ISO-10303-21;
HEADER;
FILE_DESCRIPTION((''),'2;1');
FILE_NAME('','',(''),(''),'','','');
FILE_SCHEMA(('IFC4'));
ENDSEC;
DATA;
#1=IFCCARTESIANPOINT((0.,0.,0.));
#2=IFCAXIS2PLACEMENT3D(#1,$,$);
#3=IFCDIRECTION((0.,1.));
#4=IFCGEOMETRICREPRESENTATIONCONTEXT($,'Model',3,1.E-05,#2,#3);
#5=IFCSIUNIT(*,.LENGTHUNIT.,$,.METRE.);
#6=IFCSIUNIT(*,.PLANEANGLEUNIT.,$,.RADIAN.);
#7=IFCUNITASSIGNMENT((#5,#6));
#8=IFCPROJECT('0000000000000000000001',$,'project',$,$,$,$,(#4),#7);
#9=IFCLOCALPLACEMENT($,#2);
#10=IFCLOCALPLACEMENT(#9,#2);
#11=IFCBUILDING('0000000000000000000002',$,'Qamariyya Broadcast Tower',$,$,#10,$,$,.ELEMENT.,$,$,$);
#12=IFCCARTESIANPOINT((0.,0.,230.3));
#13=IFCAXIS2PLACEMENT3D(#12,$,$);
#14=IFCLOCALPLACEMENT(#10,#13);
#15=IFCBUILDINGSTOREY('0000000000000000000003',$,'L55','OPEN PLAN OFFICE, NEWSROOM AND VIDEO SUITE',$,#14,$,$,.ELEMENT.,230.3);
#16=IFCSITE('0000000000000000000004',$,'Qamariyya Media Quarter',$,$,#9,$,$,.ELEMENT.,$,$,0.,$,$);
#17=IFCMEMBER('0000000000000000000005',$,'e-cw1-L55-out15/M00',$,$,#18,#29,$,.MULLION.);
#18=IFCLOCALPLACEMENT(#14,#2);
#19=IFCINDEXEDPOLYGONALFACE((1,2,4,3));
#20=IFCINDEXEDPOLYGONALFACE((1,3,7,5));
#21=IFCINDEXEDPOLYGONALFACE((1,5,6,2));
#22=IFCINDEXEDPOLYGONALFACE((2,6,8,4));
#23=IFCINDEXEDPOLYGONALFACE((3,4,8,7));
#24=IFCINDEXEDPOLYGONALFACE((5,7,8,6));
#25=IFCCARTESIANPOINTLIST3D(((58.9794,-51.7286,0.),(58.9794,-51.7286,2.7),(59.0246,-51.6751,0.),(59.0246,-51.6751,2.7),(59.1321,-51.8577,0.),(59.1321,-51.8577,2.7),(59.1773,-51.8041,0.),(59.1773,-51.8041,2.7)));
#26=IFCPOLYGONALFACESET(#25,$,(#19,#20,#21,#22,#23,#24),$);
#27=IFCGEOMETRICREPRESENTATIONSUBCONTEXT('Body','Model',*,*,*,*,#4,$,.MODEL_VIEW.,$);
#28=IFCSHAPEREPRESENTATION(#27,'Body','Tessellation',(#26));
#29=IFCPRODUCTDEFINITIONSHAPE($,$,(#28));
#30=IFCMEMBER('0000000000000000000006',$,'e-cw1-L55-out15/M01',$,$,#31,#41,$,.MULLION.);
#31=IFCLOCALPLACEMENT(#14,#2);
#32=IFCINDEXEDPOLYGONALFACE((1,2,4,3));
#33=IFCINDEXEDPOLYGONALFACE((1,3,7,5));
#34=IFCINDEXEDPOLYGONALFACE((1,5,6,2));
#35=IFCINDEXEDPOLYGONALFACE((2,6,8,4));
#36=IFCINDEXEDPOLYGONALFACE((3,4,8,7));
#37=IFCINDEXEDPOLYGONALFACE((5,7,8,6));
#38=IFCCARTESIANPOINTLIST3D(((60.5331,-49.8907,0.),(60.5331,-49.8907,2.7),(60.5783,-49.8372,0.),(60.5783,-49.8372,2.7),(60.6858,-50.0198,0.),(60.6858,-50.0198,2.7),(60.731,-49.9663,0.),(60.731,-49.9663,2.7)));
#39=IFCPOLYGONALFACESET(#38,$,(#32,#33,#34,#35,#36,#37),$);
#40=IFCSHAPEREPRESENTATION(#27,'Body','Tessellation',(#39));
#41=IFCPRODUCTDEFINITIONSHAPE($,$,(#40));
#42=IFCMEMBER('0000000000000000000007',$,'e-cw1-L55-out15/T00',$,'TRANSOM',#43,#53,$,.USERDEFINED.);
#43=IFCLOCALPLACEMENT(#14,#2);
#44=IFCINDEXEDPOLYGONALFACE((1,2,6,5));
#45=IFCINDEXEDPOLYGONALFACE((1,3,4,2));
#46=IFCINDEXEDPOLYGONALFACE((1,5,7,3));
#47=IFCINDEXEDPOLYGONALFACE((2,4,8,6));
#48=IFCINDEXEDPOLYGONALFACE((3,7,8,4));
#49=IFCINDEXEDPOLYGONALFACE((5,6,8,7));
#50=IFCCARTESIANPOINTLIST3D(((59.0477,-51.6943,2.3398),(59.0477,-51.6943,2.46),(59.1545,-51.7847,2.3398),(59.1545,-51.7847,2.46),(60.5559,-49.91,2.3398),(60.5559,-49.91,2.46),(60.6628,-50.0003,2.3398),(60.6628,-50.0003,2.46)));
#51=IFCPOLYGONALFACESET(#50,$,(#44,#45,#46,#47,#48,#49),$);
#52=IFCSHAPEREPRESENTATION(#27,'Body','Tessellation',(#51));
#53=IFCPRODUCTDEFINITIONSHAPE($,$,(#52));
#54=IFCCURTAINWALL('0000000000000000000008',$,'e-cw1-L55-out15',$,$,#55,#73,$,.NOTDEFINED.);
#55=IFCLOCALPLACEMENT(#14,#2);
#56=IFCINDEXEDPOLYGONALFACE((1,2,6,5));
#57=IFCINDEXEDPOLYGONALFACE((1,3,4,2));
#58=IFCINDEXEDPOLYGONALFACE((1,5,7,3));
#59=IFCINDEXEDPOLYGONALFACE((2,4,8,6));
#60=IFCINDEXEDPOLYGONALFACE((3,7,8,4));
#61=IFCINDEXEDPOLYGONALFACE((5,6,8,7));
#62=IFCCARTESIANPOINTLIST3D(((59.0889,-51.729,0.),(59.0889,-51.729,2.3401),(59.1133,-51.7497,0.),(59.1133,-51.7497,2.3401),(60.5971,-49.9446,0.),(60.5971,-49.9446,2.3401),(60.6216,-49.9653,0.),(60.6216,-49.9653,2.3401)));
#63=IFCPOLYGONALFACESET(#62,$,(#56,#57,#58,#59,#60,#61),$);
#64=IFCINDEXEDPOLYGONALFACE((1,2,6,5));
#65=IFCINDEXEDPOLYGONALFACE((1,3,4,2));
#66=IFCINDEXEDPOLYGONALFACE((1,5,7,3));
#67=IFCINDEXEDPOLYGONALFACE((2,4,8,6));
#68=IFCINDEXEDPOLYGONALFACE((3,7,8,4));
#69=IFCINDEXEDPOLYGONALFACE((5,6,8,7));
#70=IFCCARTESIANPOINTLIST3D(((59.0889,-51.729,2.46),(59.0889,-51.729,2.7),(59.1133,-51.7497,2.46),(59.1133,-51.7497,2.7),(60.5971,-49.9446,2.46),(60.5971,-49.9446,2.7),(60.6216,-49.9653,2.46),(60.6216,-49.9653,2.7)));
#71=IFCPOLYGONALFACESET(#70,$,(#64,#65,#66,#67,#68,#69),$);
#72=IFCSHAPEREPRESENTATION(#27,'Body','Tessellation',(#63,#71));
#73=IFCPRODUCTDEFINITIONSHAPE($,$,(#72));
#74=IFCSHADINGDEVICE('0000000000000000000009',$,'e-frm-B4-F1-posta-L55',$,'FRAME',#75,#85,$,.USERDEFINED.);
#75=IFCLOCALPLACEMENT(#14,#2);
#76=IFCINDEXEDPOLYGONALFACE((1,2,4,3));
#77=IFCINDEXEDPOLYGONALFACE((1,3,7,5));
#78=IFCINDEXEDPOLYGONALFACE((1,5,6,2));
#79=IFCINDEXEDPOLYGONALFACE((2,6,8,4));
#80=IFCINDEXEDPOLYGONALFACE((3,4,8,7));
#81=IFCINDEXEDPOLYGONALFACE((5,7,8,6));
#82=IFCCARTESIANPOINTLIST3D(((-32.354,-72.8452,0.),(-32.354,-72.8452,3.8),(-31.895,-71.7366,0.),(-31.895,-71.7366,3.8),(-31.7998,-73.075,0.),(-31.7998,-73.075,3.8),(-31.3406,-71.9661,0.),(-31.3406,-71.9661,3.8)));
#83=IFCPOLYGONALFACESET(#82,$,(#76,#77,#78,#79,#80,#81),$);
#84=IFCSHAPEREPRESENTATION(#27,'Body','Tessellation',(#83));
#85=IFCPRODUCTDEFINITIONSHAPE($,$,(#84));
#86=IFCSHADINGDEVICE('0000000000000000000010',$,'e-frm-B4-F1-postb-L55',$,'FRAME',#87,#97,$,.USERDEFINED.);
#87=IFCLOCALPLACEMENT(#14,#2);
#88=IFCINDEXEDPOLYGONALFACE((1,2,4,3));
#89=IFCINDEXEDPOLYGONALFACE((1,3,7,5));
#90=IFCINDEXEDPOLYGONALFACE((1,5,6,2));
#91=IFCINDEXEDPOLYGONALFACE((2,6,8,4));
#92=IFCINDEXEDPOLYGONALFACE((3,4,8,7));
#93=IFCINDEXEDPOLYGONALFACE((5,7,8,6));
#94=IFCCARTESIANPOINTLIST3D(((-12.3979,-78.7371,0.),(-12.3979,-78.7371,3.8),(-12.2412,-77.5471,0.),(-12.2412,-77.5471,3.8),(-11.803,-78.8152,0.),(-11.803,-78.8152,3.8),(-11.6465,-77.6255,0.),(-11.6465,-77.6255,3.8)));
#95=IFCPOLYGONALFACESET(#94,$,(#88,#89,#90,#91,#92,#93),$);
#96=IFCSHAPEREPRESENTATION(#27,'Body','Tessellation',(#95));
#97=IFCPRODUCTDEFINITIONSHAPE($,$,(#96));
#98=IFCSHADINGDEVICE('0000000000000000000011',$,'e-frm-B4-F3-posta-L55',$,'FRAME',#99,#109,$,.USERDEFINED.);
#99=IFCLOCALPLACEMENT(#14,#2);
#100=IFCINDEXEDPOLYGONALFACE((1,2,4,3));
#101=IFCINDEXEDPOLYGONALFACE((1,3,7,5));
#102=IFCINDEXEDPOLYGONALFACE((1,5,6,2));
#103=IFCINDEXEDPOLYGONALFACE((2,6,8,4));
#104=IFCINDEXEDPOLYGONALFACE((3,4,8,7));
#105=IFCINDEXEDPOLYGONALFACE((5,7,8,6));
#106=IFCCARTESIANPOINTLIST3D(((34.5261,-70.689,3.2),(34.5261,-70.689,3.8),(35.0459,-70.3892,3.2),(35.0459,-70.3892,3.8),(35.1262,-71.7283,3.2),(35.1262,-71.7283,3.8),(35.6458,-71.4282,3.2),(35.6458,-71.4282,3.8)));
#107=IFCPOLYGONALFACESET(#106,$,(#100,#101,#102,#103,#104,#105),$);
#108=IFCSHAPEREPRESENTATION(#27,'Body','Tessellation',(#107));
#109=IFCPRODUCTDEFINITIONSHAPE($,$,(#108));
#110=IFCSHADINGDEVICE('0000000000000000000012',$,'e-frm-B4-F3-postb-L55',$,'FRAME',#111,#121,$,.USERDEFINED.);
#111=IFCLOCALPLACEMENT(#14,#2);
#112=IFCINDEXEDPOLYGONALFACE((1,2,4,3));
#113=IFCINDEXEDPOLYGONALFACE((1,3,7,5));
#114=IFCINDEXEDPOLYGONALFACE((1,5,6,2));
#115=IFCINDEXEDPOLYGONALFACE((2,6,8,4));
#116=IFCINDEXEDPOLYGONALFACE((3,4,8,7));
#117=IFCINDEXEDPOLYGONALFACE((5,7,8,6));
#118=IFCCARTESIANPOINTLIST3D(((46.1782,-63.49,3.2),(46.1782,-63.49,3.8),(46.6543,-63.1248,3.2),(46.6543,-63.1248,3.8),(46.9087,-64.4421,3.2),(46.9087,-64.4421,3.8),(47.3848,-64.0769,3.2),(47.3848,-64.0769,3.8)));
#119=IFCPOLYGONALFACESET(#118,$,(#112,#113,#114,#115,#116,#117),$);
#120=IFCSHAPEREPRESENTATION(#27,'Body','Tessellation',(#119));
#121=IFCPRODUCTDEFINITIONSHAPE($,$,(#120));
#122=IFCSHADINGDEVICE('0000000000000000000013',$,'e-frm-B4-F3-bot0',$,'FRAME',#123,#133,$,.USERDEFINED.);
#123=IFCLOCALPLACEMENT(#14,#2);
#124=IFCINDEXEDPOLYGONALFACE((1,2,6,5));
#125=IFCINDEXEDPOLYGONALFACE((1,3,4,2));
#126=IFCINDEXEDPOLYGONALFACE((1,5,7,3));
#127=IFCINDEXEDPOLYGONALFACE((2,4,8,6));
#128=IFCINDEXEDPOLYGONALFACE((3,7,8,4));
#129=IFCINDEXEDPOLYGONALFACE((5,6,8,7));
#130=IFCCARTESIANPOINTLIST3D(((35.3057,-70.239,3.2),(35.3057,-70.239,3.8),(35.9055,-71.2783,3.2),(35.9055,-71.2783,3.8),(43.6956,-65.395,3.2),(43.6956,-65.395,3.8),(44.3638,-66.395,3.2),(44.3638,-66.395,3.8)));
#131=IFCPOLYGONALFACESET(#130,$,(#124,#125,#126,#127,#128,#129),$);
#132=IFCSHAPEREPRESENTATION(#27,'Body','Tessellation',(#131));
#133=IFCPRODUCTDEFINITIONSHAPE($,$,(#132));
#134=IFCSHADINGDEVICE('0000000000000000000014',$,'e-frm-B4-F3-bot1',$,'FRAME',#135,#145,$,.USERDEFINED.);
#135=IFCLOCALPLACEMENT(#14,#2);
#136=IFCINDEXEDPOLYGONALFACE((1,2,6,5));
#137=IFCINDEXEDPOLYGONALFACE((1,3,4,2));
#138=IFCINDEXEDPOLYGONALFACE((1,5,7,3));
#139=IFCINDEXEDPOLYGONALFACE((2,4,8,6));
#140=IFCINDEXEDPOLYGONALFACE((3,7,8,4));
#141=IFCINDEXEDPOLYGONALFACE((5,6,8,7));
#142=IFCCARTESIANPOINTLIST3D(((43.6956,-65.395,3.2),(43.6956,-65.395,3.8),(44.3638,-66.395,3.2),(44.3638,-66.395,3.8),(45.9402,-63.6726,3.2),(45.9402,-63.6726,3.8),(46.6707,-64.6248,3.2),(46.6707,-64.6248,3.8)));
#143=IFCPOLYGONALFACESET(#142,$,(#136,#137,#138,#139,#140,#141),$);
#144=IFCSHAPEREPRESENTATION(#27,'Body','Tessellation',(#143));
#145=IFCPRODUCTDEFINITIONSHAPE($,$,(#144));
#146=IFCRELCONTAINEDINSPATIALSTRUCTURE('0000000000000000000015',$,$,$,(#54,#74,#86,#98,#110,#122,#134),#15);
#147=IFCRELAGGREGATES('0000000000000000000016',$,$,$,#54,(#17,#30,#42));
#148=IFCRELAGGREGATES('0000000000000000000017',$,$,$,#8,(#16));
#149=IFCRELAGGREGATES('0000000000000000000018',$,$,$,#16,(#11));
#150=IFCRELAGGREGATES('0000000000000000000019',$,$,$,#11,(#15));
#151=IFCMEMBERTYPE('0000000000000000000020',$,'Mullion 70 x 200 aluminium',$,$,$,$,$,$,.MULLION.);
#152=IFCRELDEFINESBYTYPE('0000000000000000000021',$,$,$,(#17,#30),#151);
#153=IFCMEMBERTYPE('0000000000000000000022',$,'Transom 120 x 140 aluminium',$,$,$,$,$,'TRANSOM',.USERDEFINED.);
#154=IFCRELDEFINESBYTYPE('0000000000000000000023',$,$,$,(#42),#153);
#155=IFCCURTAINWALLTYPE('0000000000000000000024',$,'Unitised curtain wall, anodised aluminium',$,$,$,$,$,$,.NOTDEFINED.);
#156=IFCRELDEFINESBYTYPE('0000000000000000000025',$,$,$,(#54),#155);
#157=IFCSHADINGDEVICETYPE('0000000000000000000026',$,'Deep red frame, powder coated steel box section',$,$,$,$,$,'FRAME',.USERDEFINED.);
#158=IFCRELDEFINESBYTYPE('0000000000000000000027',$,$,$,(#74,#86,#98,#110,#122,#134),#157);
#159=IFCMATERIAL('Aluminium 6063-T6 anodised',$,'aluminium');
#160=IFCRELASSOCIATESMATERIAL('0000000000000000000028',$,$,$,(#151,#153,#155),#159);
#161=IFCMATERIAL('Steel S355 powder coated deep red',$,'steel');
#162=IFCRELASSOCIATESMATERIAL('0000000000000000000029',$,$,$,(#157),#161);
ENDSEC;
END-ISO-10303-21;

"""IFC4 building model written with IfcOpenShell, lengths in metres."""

from ifc_helpers import new_model, si_unit, direction, frame, origin, origin_2d, place, context, subcontext, project, spatial, polyline, rectangle, outline, extrude, material, material_profile, profile_set, type_object, element, aggregate, save


model = new_model("IFC4")

# Units and contexts
model_context = context("Model", 3, precision=1e-05, world=origin(), true_north=direction((0.0, 1.0)))
body_context = subcontext(model_context, "Body", "Model", "MODEL_VIEW")
ifc_project = project(units=[si_unit("LENGTHUNIT", "METRE"), si_unit("PLANEANGLEUNIT", "RADIAN")], contexts=[model_context])

# Members
ifc_material_1 = material(Name="Aluminium 6063-T6 anodised", Category="aluminium")
ifc_material_profile_1 = material_profile(ifc_material_1, rectangle(XDim=0.2, YDim=0.0701, at=origin_2d()))
ifc_profile_set_1 = profile_set([ifc_material_profile_1], Name="Aluminium 6063-T6 anodised")
member_type_1 = type_object("IfcMemberType", Name="Mullion 70 x 200 aluminium", PredefinedType="MULLION", material=ifc_profile_set_1)
site_placement = place(None, origin())
building_placement = place(site_placement, origin())
storey_placement = place(building_placement, frame((0.0, 0.0, 230.3)))
member_1_placement = place(storey_placement, frame((59.0784, -51.7664, 0.0), z_axis=(0.0, 0.0, 1.0), x_axis=(-0.76371, 0.64556, 0.0)))
member_1 = element("IfcMember", 1, at=member_1_placement, type_object=member_type_1, Name="e-cw1-L55-out15/M00", PredefinedType="MULLION", context=body_context, shape_type="SweptSolid", body=[
    extrude(rectangle(XDim=0.2, YDim=0.0701, at=origin_2d()), origin(), (0.0, 0.0, 1.0), 2.7),
])
member_2_placement = place(storey_placement, frame((60.6321, -49.9285, 0.0), z_axis=(0.0, 0.0, 1.0), x_axis=(-0.76371, 0.64556, 0.0)))
member_2 = element("IfcMember", 2, at=member_2_placement, type_object=member_type_1, Name="e-cw1-L55-out15/M01", PredefinedType="MULLION", context=body_context, shape_type="SweptSolid", body=[
    extrude(rectangle(XDim=0.2, YDim=0.0701, at=origin_2d()), origin(), (0.0, 0.0, 1.0), 2.7),
])
ifc_material_profile_2 = material_profile(ifc_material_1, rectangle(XDim=0.1399, YDim=0.1201, at=origin_2d()))
ifc_profile_set_2 = profile_set([ifc_material_profile_2], Name="Aluminium 6063-T6 anodised")
member_type_2 = type_object("IfcMemberType", Name="Transom 120 x 140 aluminium", ElementType="TRANSOM", PredefinedType="USERDEFINED", material=ifc_profile_set_2)
member_3_placement = place(storey_placement, frame((59.1011, -51.7395, 2.3999), z_axis=(0.645544, 0.763723, 0.0), x_axis=(-0.763723, 0.645544, 0.0)))
member_3 = element("IfcMember", 3, at=member_3_placement, type_object=member_type_2, Name="e-cw1-L55-out15/T00", ObjectType="TRANSOM", PredefinedType="USERDEFINED", context=body_context, shape_type="SweptSolid", body=[
    extrude(rectangle(XDim=0.1399, YDim=0.1201, at=origin_2d()), origin(), (0.0, 0.0, 1.0), 2.3364),
])

# Site, building, storey
site = spatial("IfcSite", under=ifc_project, at=site_placement, Name="Qamariyya Media Quarter", CompositionType="ELEMENT", RefElevation=0.0)
building = spatial("IfcBuilding", under=site, at=building_placement, Name="Qamariyya Broadcast Tower", CompositionType="ELEMENT")
storey = spatial("IfcBuildingStorey", under=building, at=storey_placement, Name="L55", Description="OPEN PLAN OFFICE, NEWSROOM AND VIDEO SUITE", CompositionType="ELEMENT", Elevation=230.3)

# Curtain wall
curtain_wall_type = type_object("IfcCurtainWallType", Name="Unitised curtain wall, anodised aluminium", PredefinedType="NOTDEFINED", material=ifc_material_1)
curtain_wall_1_placement = place(storey_placement, origin())
curtain_wall_1 = element("IfcCurtainWall", 4, at=curtain_wall_1_placement, inside=storey, type_object=curtain_wall_type, Name="e-cw1-L55-out15", PredefinedType="NOTDEFINED", context=body_context, shape_type="SweptSolid", body=[
    extrude(rectangle(XDim=2.3364, YDim=0.032, at=origin_2d()), frame((59.8552, -50.8472, 0.0), x_axis=(0.645531, 0.763734, 0.0)), (0.0, 0.0, 1.0), 2.3401),
    extrude(rectangle(XDim=2.3364, YDim=0.032, at=origin_2d()), frame((59.8552, -50.8472, 2.46), x_axis=(0.645531, 0.763734, 0.0)), (0.0, 0.0, 1.0), 0.24),
])
aggregate(curtain_wall_1, [member_1, member_2, member_3])

# Shading devices
ifc_material_2 = material(Name="Steel S355 powder coated deep red", Category="steel")
shading_device_type = type_object("IfcShadingDeviceType", Name="Deep red frame, powder coated steel box section", ElementType="FRAME", PredefinedType="USERDEFINED", material=ifc_material_2)
shading_device_1_placement = place(storey_placement, origin())
element("IfcShadingDevice", 5, at=shading_device_1_placement, inside=storey, type_object=shading_device_type, Name="e-frm-B4-F1-posta-L55", ObjectType="FRAME", PredefinedType="USERDEFINED", context=body_context, shape_type="SweptSolid", body=[
    extrude(outline(polyline([(-31.895, -71.7366), (-32.354, -72.8452), (-31.7998, -73.075), (-31.3406, -71.9661), (-31.895, -71.7366)])), origin(), (0.0, 0.0, 1.0), 3.8),
])
shading_device_2_placement = place(storey_placement, origin())
element("IfcShadingDevice", 6, at=shading_device_2_placement, inside=storey, type_object=shading_device_type, Name="e-frm-B4-F1-postb-L55", ObjectType="FRAME", PredefinedType="USERDEFINED", context=body_context, shape_type="SweptSolid", body=[
    extrude(outline(polyline([(-12.2412, -77.5471), (-12.3979, -78.7371), (-11.803, -78.8152), (-11.6465, -77.6255), (-12.2412, -77.5471)])), origin(), (0.0, 0.0, 1.0), 3.8),
])
shading_device_3_placement = place(storey_placement, frame((0.0, 0.0, 3.2)))
element("IfcShadingDevice", 7, at=shading_device_3_placement, inside=storey, type_object=shading_device_type, Name="e-frm-B4-F3-posta-L55", ObjectType="FRAME", PredefinedType="USERDEFINED", context=body_context, shape_type="SweptSolid", body=[
    extrude(outline(polyline([(34.5261, -70.689), (35.1262, -71.7283), (35.6458, -71.4282), (35.0459, -70.3892), (34.5261, -70.689)])), origin(), (0.0, 0.0, 1.0), 0.6001),
])
shading_device_4_placement = place(storey_placement, frame((0.0, 0.0, 3.2)))
element("IfcShadingDevice", 8, at=shading_device_4_placement, inside=storey, type_object=shading_device_type, Name="e-frm-B4-F3-postb-L55", ObjectType="FRAME", PredefinedType="USERDEFINED", context=body_context, shape_type="SweptSolid", body=[
    extrude(outline(polyline([(46.1782, -63.49), (46.9087, -64.4421), (47.3848, -64.0769), (46.6543, -63.1248), (46.1782, -63.49)])), origin(), (0.0, 0.0, 1.0), 0.6001),
])
shading_device_5_placement = place(storey_placement, frame((0.0, 0.0, 3.2)))
element("IfcShadingDevice", 9, at=shading_device_5_placement, inside=storey, type_object=shading_device_type, Name="e-frm-B4-F3-bot0", ObjectType="FRAME", PredefinedType="USERDEFINED", context=body_context, shape_type="SweptSolid", body=[
    extrude(outline(polyline([(35.3057, -70.239), (35.9055, -71.2783), (44.3638, -66.395), (43.6956, -65.395), (35.3057, -70.239)])), origin(), (0.0, 0.0, 1.0), 0.6001),
])
shading_device_6_placement = place(storey_placement, frame((0.0, 0.0, 3.2)))
element("IfcShadingDevice", 10, at=shading_device_6_placement, inside=storey, type_object=shading_device_type, Name="e-frm-B4-F3-bot1", ObjectType="FRAME", PredefinedType="USERDEFINED", context=body_context, shape_type="SweptSolid", body=[
    extrude(outline(polyline([(43.6956, -65.395), (44.3638, -66.395), (46.6707, -64.6248), (45.9402, -63.6726), (43.6956, -65.395)])), origin(), (0.0, 0.0, 1.0), 0.6001),
])

save(model, "model.ifc")
